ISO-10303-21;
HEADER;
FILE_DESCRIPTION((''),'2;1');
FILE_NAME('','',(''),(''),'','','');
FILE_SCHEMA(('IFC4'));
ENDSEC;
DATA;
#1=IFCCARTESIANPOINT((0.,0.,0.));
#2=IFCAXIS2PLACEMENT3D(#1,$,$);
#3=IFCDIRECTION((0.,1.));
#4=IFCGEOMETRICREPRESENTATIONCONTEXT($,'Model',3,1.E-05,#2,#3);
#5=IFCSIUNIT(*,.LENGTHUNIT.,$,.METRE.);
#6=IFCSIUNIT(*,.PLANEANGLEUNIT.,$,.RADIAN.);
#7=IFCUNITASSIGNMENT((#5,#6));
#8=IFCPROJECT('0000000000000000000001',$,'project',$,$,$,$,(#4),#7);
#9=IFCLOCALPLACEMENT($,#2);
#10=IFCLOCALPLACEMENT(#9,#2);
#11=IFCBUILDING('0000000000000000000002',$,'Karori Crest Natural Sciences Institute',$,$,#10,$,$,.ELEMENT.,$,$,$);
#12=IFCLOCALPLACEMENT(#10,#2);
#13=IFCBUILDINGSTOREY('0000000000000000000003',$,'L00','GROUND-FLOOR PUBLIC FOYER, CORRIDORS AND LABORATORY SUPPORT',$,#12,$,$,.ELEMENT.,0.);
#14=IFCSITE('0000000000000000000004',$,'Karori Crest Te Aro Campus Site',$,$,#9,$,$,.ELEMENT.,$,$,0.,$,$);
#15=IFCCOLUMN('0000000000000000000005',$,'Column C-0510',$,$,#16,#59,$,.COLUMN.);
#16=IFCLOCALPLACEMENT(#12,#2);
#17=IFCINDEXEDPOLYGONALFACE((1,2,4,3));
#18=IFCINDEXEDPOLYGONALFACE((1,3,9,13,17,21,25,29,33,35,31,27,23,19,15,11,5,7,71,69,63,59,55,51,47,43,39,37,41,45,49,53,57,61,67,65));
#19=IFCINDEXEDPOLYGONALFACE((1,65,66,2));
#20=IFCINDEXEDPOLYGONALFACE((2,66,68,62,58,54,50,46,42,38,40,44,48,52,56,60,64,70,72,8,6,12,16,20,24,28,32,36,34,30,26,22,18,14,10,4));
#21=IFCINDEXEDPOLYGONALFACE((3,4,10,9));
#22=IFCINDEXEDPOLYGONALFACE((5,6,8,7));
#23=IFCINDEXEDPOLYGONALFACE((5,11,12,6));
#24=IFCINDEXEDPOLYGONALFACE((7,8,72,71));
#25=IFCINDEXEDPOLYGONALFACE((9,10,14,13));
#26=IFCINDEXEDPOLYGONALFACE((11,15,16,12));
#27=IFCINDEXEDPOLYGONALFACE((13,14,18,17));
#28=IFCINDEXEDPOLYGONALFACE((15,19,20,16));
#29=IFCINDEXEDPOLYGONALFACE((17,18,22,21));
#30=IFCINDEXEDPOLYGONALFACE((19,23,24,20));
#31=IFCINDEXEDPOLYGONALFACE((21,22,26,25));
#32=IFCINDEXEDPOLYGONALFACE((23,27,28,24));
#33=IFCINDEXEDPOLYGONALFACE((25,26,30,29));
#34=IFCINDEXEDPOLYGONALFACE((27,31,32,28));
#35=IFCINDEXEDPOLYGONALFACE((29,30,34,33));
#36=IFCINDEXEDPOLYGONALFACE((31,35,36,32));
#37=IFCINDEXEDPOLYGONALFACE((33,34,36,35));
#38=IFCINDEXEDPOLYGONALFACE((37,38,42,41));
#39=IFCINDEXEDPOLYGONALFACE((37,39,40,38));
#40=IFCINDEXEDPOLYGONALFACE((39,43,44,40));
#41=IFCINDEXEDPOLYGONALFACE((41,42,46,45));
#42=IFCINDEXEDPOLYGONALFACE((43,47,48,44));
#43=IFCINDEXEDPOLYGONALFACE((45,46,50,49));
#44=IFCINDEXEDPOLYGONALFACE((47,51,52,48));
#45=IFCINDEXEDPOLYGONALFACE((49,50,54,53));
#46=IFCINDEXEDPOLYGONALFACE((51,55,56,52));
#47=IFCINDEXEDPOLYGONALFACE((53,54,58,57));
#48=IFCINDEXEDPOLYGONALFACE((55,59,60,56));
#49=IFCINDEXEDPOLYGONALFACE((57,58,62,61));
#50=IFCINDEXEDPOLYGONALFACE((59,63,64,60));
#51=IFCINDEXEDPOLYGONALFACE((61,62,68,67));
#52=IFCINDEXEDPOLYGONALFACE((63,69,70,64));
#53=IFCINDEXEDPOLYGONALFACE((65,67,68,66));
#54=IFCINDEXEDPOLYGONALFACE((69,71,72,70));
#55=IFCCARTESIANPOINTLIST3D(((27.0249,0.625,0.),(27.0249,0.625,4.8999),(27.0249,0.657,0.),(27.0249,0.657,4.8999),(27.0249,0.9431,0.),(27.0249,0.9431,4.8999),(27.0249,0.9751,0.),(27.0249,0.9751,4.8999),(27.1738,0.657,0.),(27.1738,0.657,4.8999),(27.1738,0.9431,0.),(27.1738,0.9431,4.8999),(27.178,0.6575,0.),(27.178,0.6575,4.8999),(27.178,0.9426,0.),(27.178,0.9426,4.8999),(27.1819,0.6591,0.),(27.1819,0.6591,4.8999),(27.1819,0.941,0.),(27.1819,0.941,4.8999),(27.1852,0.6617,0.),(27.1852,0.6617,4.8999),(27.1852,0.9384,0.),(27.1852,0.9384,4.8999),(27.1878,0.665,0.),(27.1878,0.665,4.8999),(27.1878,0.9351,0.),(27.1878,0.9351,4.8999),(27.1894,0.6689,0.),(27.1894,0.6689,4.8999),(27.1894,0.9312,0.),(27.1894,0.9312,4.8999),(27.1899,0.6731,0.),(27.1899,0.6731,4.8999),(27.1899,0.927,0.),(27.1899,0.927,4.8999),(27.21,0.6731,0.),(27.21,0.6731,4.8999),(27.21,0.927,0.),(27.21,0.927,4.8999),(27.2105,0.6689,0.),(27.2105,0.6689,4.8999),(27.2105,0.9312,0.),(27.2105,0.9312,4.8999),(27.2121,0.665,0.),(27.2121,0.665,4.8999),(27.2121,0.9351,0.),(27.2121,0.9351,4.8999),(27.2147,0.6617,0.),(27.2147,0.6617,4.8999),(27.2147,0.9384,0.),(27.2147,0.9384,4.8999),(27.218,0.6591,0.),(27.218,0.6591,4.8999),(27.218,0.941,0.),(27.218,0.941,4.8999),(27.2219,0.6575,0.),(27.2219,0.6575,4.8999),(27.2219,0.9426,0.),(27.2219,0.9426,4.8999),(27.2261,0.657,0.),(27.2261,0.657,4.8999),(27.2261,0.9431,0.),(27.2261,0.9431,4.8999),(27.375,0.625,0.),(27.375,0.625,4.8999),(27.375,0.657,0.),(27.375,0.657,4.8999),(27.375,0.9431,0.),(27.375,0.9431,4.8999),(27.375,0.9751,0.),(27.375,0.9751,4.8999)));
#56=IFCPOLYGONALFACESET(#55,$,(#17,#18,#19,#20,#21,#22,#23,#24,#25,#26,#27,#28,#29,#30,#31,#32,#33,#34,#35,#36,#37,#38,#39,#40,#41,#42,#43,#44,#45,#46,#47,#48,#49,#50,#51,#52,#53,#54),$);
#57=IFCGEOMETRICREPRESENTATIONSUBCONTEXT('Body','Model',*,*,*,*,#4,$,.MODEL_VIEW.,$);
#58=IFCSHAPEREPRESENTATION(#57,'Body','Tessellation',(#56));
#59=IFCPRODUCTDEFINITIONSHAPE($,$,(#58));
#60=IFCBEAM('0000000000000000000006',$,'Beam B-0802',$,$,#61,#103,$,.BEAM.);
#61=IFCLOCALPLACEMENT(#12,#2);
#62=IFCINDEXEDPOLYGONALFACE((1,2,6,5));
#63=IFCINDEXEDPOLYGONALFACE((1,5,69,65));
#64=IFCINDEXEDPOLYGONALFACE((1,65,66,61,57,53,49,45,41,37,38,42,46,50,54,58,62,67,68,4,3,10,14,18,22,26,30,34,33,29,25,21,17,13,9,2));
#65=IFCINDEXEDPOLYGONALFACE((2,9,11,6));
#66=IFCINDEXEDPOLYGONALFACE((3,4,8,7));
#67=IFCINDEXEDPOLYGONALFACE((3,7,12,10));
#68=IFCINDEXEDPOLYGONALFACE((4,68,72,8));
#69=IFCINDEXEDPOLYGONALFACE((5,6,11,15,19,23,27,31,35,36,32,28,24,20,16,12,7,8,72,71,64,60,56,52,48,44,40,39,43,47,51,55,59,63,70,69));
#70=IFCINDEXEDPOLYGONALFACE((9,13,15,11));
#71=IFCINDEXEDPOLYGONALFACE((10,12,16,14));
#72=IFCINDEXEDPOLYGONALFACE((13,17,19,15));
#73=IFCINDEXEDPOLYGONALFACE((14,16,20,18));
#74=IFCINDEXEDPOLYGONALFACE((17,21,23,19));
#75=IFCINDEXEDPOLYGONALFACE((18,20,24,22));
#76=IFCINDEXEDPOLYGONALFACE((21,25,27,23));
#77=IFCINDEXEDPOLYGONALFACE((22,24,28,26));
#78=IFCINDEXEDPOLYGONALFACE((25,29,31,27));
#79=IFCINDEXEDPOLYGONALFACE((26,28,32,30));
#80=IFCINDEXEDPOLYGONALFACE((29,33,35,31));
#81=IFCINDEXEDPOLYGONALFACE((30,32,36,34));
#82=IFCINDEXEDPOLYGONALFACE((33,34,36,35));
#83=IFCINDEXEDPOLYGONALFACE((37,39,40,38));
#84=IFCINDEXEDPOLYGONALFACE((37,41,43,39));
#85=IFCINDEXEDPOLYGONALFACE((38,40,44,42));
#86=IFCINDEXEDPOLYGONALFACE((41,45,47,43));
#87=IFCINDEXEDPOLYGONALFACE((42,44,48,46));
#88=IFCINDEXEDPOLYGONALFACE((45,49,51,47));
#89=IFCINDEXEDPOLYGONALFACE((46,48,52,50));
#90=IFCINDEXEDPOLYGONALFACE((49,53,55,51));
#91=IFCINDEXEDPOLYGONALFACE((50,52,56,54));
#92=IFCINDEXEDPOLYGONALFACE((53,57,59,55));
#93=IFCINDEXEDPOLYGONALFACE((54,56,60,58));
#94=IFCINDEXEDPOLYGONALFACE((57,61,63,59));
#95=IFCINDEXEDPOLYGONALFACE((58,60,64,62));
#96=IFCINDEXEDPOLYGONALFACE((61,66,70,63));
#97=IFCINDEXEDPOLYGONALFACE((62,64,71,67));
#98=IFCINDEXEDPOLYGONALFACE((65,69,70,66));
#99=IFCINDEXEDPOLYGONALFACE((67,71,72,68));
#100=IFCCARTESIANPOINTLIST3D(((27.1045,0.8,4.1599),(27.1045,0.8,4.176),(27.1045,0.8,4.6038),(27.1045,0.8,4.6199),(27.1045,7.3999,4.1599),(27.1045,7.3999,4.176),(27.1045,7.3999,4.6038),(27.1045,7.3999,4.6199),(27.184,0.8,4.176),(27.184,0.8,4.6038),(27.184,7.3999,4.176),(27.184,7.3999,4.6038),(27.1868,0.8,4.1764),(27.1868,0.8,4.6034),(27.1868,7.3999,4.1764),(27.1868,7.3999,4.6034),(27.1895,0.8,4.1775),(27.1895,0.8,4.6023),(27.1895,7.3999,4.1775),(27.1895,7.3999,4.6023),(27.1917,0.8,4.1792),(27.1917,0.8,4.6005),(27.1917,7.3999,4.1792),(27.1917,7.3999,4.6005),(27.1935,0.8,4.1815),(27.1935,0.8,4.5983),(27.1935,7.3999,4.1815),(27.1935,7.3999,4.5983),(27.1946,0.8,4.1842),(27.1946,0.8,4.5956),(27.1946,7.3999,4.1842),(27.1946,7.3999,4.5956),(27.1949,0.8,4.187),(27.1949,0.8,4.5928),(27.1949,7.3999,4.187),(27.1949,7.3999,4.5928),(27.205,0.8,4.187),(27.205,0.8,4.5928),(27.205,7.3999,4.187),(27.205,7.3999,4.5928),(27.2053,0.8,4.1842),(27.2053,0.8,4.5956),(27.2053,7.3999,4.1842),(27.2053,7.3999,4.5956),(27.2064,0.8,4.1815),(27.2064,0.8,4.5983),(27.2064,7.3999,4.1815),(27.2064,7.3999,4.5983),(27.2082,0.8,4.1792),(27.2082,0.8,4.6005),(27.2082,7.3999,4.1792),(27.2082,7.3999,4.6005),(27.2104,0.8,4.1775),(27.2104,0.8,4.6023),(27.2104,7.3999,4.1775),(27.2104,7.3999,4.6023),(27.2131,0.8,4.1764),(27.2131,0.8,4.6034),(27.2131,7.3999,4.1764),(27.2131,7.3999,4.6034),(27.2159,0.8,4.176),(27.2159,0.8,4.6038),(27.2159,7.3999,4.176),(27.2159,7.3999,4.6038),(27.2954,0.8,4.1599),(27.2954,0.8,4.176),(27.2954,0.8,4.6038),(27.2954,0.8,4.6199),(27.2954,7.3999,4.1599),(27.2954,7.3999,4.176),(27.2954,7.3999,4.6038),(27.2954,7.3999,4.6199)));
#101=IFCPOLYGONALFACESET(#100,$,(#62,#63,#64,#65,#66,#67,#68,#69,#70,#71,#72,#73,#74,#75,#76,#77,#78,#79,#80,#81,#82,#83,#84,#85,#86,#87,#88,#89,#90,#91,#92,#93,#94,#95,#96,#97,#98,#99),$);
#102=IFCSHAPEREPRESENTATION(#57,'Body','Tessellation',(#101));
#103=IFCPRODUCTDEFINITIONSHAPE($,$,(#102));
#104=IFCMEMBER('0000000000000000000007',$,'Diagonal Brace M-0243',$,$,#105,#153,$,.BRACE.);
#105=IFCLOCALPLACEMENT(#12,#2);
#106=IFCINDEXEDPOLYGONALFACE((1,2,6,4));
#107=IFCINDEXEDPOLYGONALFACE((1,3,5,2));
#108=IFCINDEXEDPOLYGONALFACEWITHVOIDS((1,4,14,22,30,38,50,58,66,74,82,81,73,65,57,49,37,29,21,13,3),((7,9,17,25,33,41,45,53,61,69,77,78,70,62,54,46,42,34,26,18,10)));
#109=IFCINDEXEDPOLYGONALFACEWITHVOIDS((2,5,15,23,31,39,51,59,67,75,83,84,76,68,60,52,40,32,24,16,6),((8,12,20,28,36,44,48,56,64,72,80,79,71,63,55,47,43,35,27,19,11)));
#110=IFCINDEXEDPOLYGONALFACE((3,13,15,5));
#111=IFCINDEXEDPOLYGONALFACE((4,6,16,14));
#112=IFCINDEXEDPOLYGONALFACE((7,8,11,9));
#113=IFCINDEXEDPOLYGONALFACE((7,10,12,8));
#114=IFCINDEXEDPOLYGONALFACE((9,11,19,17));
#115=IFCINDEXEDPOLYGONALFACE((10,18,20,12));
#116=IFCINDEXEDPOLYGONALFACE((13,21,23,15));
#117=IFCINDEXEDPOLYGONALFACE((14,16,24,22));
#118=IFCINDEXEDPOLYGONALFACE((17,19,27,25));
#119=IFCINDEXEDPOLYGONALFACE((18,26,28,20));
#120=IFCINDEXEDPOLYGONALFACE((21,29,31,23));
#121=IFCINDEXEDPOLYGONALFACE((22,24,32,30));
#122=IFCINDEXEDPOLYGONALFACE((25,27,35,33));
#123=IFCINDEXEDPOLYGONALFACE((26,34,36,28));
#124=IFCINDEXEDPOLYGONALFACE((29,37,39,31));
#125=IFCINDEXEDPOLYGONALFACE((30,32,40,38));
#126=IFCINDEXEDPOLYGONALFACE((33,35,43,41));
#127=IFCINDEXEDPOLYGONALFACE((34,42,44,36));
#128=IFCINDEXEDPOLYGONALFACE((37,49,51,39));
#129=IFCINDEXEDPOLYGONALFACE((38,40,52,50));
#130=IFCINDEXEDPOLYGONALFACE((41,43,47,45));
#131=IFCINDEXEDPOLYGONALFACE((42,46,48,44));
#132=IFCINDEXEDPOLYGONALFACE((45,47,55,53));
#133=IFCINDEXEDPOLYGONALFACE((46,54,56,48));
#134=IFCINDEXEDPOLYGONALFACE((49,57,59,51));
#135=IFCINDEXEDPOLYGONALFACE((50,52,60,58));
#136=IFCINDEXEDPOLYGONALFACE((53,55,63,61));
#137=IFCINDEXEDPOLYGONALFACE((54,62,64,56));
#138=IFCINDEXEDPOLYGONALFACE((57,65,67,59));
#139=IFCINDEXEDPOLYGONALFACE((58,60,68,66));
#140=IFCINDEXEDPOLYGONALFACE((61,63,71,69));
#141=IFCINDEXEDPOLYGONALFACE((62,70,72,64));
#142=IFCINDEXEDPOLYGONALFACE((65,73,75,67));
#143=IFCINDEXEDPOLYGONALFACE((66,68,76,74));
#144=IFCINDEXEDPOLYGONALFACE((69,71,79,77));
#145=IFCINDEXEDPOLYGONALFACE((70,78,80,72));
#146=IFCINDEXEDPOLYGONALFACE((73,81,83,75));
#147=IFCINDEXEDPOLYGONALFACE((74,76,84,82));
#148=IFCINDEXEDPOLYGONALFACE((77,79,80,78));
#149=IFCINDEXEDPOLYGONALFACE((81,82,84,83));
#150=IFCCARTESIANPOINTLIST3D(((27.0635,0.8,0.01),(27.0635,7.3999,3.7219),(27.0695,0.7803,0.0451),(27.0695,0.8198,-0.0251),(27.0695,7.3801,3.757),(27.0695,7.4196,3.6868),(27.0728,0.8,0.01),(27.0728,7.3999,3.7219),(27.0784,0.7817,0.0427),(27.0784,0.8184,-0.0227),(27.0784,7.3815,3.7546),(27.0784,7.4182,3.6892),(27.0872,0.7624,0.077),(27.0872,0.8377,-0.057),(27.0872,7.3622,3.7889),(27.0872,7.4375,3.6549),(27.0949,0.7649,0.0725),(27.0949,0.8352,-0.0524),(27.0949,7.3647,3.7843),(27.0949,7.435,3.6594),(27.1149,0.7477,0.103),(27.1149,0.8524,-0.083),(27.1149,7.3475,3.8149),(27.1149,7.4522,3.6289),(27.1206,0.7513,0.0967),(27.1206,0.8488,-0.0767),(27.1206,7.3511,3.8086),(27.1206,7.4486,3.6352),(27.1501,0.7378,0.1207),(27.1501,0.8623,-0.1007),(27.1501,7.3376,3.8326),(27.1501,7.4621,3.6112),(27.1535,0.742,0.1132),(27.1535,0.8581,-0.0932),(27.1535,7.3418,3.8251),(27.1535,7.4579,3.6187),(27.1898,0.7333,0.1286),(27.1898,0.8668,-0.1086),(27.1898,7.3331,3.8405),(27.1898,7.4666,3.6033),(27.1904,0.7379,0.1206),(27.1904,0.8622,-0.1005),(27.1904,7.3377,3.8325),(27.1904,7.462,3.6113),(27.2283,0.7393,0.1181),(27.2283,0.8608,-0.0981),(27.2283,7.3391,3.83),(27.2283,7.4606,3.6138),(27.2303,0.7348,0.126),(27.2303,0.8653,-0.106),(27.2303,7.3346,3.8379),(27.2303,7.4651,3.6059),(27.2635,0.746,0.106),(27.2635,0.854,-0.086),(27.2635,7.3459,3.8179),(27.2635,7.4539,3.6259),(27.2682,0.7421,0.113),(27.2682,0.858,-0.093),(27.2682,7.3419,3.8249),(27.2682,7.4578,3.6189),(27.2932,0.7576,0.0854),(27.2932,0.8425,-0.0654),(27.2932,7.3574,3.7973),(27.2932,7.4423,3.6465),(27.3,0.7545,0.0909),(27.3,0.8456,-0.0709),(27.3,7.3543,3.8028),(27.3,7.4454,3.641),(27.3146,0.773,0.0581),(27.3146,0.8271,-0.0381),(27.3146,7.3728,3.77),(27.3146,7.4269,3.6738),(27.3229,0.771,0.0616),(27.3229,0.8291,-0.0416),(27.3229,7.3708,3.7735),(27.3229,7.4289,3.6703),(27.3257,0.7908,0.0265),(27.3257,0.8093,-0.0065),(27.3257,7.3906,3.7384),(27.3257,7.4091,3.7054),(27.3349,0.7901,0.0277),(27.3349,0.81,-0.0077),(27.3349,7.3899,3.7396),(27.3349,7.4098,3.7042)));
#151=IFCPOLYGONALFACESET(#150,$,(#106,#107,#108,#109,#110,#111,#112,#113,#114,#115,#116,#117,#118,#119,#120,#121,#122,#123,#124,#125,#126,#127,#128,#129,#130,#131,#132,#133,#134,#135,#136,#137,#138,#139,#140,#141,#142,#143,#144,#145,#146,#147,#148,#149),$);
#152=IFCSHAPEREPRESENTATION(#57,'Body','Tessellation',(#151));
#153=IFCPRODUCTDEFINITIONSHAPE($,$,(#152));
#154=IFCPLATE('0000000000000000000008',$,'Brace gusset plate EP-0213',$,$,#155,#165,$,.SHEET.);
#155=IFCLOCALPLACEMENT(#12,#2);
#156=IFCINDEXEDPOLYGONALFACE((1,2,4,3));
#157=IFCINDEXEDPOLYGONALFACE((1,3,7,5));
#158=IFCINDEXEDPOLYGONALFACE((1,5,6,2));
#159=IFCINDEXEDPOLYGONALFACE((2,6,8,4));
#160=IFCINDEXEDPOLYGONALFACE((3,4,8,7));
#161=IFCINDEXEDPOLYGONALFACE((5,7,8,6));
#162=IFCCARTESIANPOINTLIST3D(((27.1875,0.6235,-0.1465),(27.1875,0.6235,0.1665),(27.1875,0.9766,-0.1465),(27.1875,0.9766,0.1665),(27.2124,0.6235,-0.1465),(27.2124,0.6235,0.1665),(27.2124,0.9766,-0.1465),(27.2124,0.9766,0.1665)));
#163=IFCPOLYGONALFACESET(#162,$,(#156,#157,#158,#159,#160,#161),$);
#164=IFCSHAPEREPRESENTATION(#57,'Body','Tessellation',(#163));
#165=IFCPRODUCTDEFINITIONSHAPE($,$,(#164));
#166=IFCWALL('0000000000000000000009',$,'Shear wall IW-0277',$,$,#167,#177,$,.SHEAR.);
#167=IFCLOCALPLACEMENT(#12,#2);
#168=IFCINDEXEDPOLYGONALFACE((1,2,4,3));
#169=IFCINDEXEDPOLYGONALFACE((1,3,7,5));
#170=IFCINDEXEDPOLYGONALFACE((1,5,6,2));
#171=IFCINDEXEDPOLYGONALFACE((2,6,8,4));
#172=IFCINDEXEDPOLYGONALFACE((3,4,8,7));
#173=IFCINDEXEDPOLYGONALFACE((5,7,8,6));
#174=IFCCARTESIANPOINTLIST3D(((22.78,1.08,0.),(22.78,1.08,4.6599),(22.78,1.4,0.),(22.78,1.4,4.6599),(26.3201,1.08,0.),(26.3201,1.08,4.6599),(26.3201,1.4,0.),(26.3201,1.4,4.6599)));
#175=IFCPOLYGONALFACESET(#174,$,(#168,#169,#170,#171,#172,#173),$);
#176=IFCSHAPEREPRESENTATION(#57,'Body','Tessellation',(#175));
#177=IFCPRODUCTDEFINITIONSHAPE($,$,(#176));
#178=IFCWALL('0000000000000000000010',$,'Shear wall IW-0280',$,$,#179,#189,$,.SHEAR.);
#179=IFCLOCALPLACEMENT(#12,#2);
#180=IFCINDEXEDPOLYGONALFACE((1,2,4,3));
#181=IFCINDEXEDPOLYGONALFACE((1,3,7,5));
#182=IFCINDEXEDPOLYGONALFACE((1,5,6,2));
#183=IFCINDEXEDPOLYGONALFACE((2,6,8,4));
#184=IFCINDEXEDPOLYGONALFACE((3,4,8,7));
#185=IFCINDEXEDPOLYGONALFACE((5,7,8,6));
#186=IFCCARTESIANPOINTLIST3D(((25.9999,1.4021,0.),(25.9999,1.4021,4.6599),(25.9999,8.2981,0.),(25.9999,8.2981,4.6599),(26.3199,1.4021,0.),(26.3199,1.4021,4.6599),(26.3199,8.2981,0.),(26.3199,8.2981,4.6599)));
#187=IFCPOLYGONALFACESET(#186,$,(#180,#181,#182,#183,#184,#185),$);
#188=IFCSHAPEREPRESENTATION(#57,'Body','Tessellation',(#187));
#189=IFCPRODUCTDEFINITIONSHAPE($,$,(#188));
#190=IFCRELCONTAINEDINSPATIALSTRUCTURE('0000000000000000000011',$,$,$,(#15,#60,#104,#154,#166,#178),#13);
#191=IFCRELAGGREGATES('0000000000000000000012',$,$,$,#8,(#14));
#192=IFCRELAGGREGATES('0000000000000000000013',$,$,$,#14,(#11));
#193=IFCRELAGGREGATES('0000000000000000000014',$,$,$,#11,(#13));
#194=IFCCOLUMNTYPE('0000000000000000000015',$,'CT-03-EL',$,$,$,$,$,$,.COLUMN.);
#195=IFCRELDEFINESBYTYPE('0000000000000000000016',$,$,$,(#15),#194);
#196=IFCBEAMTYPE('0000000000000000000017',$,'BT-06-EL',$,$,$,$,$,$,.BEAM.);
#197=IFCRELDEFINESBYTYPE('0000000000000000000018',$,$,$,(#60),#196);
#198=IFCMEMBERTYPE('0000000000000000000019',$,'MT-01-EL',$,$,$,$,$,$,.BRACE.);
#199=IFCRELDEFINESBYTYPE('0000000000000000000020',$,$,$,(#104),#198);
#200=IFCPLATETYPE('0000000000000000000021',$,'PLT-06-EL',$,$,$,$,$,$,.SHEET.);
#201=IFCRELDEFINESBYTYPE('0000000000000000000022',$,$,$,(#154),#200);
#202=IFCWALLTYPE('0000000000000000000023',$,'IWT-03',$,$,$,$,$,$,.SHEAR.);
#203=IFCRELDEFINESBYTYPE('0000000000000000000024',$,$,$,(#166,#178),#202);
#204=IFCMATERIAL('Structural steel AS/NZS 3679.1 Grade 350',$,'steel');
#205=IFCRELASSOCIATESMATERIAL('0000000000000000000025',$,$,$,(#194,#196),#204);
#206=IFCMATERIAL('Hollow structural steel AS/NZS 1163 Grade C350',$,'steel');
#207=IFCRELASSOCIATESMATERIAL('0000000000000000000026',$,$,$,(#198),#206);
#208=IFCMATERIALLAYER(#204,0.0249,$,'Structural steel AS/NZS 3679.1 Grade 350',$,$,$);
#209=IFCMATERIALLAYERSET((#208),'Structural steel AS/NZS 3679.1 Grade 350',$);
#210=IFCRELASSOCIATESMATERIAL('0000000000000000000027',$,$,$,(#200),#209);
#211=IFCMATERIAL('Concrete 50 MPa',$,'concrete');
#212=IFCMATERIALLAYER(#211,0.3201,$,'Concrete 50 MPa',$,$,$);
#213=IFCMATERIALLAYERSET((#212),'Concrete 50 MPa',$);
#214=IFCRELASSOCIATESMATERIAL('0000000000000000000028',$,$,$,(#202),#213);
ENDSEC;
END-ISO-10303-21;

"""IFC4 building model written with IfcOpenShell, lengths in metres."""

from ifc_helpers import new_model, si_unit, direction, frame, frame_2d, origin, origin_2d, place, context, subcontext, project, spatial, rectangle, hollow_circle, i_section, extrude, material, layer, layer_set, material_profile, profile_set, type_object, element, save


model = new_model("IFC4")

# Units and contexts
model_context = context("Model", 3, precision=1e-05, world=origin(), true_north=direction((0.0, 1.0)))
body_context = subcontext(model_context, "Body", "Model", "MODEL_VIEW")
ifc_project = project(units=[si_unit("LENGTHUNIT", "METRE"), si_unit("PLANEANGLEUNIT", "RADIAN")], contexts=[model_context])

# Site, building, storey
site_placement = place(None, origin())
site = spatial("IfcSite", under=ifc_project, at=site_placement, Name="Karori Crest Te Aro Campus Site", CompositionType="ELEMENT", RefElevation=0.0)
building_placement = place(site_placement, origin())
building = spatial("IfcBuilding", under=site, at=building_placement, Name="Karori Crest Natural Sciences Institute", CompositionType="ELEMENT")
storey_placement = place(building_placement, origin())
storey = spatial("IfcBuildingStorey", under=building, at=storey_placement, Name="L00", Description="GROUND-FLOOR PUBLIC FOYER, CORRIDORS AND LABORATORY SUPPORT", CompositionType="ELEMENT", Elevation=0.0)

# Column
ifc_material_1 = material(Name="Structural steel AS/NZS 3679.1 Grade 350", Category="steel")
ifc_material_profile_1 = material_profile(ifc_material_1, i_section(OverallWidth=0.3501, OverallDepth=0.3501, WebThickness=0.02, FlangeThickness=0.032, FilletRadius=0.0161, at=origin_2d()), Name="350WC280")
ifc_profile_set_1 = profile_set([ifc_material_profile_1], Name="Structural steel AS/NZS 3679.1 Grade 350")
column_type = type_object("IfcColumnType", Name="CT-03-EL", PredefinedType="COLUMN", material=ifc_profile_set_1)
column_placement = place(storey_placement, frame((27.2, 0.8, 0.0), z_axis=(0.0, 0.0, 1.0), x_axis=(1.0, 0.0, 0.0)))
element("IfcColumn", 1, at=column_placement, inside=storey, type_object=column_type, Name="Column C-0510", PredefinedType="COLUMN", context=body_context, shape_type="SweptSolid", body=[
    extrude(i_section(OverallWidth=0.3501, OverallDepth=0.3501, WebThickness=0.02, FlangeThickness=0.032, FilletRadius=0.0161, at=origin_2d()), origin(), (0.0, 0.0, 1.0), 4.8999),
])

# Beam
ifc_material_profile_2 = material_profile(ifc_material_1, i_section(OverallWidth=0.1909, OverallDepth=0.46, WebThickness=0.01, FlangeThickness=0.0161, FilletRadius=0.011, at=origin_2d()), Name="460UB82.1")
ifc_profile_set_2 = profile_set([ifc_material_profile_2], Name="Structural steel AS/NZS 3679.1 Grade 350")
beam_type = type_object("IfcBeamType", Name="BT-06-EL", PredefinedType="BEAM", material=ifc_profile_set_2)
beam_placement = place(storey_placement, frame((27.2, 0.8, 4.3899), z_axis=(0.0, 1.0, 0.0), x_axis=(-1.0, 0.0, 0.0)))
element("IfcBeam", 2, at=beam_placement, inside=storey, type_object=beam_type, Name="Beam B-0802", PredefinedType="BEAM", context=body_context, shape_type="SweptSolid", body=[
    extrude(i_section(OverallWidth=0.1909, OverallDepth=0.46, WebThickness=0.01, FlangeThickness=0.0161, FilletRadius=0.011, at=origin_2d()), origin(), (0.0, 0.0, 1.0), 6.5999),
])

# Member
ifc_material_2 = material(Name="Hollow structural steel AS/NZS 1163 Grade C350", Category="steel")
ifc_material_profile_3 = material_profile(ifc_material_2, hollow_circle(Radius=0.1365, WallThickness=0.0093, at=origin_2d()), Name="CHS273.0x9.3")
ifc_profile_set_3 = profile_set([ifc_material_profile_3], Name="Hollow structural steel AS/NZS 1163 Grade C350")
member_type = type_object("IfcMemberType", Name="MT-01-EL", PredefinedType="BRACE", material=ifc_profile_set_3)
member_placement = place(storey_placement, frame((27.2, 0.8, 0.01), z_axis=(0.0, 0.871604, 0.490211), x_axis=(-1.0, 0.0, 0.0)))
element("IfcMember", 3, at=member_placement, inside=storey, type_object=member_type, Name="Diagonal Brace M-0243", PredefinedType="BRACE", context=body_context, shape_type="SweptSolid", body=[
    extrude(hollow_circle(Radius=0.1365, WallThickness=0.0093, at=origin_2d()), origin(), (0.0, 0.0, 1.0), 7.572),
])

# Plate
ifc_layer_1 = layer(ifc_material_1, 0.0249, Name="Structural steel AS/NZS 3679.1 Grade 350")
ifc_layer_set_1 = layer_set([ifc_layer_1], Name="Structural steel AS/NZS 3679.1 Grade 350")
plate_type = type_object("IfcPlateType", Name="PLT-06-EL", PredefinedType="SHEET", material=ifc_layer_set_1)
plate_placement = place(storey_placement, frame((27.2, 0.8, -0.1465), z_axis=(0.0, 0.0, 1.0), x_axis=(0.0, 1.0, 0.0)))
element("IfcPlate", 4, at=plate_placement, inside=storey, type_object=plate_type, Name="Brace gusset plate EP-0213", PredefinedType="SHEET", context=body_context, shape_type="SweptSolid", body=[
    extrude(rectangle(XDim=0.353, YDim=0.0249, at=origin_2d()), origin(), (0.0, 0.0, 1.0), 0.313),
])

# Wall
ifc_material_3 = material(Name="Concrete 50 MPa", Category="concrete")
ifc_layer_2 = layer(ifc_material_3, 0.3201, Name="Concrete 50 MPa")
ifc_layer_set_2 = layer_set([ifc_layer_2], Name="Concrete 50 MPa")
wall_type_1 = type_object("IfcWallType", Name="IWT-03", PredefinedType="SHEAR", material=ifc_layer_set_2)
wall_1_placement = place(storey_placement, frame((22.78, 1.24, 0.0), z_axis=(0.0, 0.0, 1.0), x_axis=(1.0, 0.0, 0.0)))
element("IfcWall", 5, at=wall_1_placement, inside=storey, type_object=wall_type_1, Name="Shear wall IW-0277", PredefinedType="SHEAR", context=body_context, shape_type="SweptSolid", body=[
    extrude(rectangle(XDim=3.54, YDim=0.3201, at=frame_2d((1.77, 0.0))), origin(), (0.0, 0.0, 1.0), 4.6599),
])

# Wall
wall_2_placement = place(storey_placement, frame((26.1599, 1.4021, 0.0), z_axis=(0.0, 0.0, 1.0), x_axis=(0.0, 1.0, 0.0)))
element("IfcWall", 6, at=wall_2_placement, inside=storey, type_object=wall_type_1, Name="Shear wall IW-0280", PredefinedType="SHEAR", context=body_context, shape_type="SweptSolid", body=[
    extrude(rectangle(XDim=6.896, YDim=0.3201, at=frame_2d((3.448, 0.0))), origin(), (0.0, 0.0, 1.0), 4.6599),
])

save(model, "model.ifc")
